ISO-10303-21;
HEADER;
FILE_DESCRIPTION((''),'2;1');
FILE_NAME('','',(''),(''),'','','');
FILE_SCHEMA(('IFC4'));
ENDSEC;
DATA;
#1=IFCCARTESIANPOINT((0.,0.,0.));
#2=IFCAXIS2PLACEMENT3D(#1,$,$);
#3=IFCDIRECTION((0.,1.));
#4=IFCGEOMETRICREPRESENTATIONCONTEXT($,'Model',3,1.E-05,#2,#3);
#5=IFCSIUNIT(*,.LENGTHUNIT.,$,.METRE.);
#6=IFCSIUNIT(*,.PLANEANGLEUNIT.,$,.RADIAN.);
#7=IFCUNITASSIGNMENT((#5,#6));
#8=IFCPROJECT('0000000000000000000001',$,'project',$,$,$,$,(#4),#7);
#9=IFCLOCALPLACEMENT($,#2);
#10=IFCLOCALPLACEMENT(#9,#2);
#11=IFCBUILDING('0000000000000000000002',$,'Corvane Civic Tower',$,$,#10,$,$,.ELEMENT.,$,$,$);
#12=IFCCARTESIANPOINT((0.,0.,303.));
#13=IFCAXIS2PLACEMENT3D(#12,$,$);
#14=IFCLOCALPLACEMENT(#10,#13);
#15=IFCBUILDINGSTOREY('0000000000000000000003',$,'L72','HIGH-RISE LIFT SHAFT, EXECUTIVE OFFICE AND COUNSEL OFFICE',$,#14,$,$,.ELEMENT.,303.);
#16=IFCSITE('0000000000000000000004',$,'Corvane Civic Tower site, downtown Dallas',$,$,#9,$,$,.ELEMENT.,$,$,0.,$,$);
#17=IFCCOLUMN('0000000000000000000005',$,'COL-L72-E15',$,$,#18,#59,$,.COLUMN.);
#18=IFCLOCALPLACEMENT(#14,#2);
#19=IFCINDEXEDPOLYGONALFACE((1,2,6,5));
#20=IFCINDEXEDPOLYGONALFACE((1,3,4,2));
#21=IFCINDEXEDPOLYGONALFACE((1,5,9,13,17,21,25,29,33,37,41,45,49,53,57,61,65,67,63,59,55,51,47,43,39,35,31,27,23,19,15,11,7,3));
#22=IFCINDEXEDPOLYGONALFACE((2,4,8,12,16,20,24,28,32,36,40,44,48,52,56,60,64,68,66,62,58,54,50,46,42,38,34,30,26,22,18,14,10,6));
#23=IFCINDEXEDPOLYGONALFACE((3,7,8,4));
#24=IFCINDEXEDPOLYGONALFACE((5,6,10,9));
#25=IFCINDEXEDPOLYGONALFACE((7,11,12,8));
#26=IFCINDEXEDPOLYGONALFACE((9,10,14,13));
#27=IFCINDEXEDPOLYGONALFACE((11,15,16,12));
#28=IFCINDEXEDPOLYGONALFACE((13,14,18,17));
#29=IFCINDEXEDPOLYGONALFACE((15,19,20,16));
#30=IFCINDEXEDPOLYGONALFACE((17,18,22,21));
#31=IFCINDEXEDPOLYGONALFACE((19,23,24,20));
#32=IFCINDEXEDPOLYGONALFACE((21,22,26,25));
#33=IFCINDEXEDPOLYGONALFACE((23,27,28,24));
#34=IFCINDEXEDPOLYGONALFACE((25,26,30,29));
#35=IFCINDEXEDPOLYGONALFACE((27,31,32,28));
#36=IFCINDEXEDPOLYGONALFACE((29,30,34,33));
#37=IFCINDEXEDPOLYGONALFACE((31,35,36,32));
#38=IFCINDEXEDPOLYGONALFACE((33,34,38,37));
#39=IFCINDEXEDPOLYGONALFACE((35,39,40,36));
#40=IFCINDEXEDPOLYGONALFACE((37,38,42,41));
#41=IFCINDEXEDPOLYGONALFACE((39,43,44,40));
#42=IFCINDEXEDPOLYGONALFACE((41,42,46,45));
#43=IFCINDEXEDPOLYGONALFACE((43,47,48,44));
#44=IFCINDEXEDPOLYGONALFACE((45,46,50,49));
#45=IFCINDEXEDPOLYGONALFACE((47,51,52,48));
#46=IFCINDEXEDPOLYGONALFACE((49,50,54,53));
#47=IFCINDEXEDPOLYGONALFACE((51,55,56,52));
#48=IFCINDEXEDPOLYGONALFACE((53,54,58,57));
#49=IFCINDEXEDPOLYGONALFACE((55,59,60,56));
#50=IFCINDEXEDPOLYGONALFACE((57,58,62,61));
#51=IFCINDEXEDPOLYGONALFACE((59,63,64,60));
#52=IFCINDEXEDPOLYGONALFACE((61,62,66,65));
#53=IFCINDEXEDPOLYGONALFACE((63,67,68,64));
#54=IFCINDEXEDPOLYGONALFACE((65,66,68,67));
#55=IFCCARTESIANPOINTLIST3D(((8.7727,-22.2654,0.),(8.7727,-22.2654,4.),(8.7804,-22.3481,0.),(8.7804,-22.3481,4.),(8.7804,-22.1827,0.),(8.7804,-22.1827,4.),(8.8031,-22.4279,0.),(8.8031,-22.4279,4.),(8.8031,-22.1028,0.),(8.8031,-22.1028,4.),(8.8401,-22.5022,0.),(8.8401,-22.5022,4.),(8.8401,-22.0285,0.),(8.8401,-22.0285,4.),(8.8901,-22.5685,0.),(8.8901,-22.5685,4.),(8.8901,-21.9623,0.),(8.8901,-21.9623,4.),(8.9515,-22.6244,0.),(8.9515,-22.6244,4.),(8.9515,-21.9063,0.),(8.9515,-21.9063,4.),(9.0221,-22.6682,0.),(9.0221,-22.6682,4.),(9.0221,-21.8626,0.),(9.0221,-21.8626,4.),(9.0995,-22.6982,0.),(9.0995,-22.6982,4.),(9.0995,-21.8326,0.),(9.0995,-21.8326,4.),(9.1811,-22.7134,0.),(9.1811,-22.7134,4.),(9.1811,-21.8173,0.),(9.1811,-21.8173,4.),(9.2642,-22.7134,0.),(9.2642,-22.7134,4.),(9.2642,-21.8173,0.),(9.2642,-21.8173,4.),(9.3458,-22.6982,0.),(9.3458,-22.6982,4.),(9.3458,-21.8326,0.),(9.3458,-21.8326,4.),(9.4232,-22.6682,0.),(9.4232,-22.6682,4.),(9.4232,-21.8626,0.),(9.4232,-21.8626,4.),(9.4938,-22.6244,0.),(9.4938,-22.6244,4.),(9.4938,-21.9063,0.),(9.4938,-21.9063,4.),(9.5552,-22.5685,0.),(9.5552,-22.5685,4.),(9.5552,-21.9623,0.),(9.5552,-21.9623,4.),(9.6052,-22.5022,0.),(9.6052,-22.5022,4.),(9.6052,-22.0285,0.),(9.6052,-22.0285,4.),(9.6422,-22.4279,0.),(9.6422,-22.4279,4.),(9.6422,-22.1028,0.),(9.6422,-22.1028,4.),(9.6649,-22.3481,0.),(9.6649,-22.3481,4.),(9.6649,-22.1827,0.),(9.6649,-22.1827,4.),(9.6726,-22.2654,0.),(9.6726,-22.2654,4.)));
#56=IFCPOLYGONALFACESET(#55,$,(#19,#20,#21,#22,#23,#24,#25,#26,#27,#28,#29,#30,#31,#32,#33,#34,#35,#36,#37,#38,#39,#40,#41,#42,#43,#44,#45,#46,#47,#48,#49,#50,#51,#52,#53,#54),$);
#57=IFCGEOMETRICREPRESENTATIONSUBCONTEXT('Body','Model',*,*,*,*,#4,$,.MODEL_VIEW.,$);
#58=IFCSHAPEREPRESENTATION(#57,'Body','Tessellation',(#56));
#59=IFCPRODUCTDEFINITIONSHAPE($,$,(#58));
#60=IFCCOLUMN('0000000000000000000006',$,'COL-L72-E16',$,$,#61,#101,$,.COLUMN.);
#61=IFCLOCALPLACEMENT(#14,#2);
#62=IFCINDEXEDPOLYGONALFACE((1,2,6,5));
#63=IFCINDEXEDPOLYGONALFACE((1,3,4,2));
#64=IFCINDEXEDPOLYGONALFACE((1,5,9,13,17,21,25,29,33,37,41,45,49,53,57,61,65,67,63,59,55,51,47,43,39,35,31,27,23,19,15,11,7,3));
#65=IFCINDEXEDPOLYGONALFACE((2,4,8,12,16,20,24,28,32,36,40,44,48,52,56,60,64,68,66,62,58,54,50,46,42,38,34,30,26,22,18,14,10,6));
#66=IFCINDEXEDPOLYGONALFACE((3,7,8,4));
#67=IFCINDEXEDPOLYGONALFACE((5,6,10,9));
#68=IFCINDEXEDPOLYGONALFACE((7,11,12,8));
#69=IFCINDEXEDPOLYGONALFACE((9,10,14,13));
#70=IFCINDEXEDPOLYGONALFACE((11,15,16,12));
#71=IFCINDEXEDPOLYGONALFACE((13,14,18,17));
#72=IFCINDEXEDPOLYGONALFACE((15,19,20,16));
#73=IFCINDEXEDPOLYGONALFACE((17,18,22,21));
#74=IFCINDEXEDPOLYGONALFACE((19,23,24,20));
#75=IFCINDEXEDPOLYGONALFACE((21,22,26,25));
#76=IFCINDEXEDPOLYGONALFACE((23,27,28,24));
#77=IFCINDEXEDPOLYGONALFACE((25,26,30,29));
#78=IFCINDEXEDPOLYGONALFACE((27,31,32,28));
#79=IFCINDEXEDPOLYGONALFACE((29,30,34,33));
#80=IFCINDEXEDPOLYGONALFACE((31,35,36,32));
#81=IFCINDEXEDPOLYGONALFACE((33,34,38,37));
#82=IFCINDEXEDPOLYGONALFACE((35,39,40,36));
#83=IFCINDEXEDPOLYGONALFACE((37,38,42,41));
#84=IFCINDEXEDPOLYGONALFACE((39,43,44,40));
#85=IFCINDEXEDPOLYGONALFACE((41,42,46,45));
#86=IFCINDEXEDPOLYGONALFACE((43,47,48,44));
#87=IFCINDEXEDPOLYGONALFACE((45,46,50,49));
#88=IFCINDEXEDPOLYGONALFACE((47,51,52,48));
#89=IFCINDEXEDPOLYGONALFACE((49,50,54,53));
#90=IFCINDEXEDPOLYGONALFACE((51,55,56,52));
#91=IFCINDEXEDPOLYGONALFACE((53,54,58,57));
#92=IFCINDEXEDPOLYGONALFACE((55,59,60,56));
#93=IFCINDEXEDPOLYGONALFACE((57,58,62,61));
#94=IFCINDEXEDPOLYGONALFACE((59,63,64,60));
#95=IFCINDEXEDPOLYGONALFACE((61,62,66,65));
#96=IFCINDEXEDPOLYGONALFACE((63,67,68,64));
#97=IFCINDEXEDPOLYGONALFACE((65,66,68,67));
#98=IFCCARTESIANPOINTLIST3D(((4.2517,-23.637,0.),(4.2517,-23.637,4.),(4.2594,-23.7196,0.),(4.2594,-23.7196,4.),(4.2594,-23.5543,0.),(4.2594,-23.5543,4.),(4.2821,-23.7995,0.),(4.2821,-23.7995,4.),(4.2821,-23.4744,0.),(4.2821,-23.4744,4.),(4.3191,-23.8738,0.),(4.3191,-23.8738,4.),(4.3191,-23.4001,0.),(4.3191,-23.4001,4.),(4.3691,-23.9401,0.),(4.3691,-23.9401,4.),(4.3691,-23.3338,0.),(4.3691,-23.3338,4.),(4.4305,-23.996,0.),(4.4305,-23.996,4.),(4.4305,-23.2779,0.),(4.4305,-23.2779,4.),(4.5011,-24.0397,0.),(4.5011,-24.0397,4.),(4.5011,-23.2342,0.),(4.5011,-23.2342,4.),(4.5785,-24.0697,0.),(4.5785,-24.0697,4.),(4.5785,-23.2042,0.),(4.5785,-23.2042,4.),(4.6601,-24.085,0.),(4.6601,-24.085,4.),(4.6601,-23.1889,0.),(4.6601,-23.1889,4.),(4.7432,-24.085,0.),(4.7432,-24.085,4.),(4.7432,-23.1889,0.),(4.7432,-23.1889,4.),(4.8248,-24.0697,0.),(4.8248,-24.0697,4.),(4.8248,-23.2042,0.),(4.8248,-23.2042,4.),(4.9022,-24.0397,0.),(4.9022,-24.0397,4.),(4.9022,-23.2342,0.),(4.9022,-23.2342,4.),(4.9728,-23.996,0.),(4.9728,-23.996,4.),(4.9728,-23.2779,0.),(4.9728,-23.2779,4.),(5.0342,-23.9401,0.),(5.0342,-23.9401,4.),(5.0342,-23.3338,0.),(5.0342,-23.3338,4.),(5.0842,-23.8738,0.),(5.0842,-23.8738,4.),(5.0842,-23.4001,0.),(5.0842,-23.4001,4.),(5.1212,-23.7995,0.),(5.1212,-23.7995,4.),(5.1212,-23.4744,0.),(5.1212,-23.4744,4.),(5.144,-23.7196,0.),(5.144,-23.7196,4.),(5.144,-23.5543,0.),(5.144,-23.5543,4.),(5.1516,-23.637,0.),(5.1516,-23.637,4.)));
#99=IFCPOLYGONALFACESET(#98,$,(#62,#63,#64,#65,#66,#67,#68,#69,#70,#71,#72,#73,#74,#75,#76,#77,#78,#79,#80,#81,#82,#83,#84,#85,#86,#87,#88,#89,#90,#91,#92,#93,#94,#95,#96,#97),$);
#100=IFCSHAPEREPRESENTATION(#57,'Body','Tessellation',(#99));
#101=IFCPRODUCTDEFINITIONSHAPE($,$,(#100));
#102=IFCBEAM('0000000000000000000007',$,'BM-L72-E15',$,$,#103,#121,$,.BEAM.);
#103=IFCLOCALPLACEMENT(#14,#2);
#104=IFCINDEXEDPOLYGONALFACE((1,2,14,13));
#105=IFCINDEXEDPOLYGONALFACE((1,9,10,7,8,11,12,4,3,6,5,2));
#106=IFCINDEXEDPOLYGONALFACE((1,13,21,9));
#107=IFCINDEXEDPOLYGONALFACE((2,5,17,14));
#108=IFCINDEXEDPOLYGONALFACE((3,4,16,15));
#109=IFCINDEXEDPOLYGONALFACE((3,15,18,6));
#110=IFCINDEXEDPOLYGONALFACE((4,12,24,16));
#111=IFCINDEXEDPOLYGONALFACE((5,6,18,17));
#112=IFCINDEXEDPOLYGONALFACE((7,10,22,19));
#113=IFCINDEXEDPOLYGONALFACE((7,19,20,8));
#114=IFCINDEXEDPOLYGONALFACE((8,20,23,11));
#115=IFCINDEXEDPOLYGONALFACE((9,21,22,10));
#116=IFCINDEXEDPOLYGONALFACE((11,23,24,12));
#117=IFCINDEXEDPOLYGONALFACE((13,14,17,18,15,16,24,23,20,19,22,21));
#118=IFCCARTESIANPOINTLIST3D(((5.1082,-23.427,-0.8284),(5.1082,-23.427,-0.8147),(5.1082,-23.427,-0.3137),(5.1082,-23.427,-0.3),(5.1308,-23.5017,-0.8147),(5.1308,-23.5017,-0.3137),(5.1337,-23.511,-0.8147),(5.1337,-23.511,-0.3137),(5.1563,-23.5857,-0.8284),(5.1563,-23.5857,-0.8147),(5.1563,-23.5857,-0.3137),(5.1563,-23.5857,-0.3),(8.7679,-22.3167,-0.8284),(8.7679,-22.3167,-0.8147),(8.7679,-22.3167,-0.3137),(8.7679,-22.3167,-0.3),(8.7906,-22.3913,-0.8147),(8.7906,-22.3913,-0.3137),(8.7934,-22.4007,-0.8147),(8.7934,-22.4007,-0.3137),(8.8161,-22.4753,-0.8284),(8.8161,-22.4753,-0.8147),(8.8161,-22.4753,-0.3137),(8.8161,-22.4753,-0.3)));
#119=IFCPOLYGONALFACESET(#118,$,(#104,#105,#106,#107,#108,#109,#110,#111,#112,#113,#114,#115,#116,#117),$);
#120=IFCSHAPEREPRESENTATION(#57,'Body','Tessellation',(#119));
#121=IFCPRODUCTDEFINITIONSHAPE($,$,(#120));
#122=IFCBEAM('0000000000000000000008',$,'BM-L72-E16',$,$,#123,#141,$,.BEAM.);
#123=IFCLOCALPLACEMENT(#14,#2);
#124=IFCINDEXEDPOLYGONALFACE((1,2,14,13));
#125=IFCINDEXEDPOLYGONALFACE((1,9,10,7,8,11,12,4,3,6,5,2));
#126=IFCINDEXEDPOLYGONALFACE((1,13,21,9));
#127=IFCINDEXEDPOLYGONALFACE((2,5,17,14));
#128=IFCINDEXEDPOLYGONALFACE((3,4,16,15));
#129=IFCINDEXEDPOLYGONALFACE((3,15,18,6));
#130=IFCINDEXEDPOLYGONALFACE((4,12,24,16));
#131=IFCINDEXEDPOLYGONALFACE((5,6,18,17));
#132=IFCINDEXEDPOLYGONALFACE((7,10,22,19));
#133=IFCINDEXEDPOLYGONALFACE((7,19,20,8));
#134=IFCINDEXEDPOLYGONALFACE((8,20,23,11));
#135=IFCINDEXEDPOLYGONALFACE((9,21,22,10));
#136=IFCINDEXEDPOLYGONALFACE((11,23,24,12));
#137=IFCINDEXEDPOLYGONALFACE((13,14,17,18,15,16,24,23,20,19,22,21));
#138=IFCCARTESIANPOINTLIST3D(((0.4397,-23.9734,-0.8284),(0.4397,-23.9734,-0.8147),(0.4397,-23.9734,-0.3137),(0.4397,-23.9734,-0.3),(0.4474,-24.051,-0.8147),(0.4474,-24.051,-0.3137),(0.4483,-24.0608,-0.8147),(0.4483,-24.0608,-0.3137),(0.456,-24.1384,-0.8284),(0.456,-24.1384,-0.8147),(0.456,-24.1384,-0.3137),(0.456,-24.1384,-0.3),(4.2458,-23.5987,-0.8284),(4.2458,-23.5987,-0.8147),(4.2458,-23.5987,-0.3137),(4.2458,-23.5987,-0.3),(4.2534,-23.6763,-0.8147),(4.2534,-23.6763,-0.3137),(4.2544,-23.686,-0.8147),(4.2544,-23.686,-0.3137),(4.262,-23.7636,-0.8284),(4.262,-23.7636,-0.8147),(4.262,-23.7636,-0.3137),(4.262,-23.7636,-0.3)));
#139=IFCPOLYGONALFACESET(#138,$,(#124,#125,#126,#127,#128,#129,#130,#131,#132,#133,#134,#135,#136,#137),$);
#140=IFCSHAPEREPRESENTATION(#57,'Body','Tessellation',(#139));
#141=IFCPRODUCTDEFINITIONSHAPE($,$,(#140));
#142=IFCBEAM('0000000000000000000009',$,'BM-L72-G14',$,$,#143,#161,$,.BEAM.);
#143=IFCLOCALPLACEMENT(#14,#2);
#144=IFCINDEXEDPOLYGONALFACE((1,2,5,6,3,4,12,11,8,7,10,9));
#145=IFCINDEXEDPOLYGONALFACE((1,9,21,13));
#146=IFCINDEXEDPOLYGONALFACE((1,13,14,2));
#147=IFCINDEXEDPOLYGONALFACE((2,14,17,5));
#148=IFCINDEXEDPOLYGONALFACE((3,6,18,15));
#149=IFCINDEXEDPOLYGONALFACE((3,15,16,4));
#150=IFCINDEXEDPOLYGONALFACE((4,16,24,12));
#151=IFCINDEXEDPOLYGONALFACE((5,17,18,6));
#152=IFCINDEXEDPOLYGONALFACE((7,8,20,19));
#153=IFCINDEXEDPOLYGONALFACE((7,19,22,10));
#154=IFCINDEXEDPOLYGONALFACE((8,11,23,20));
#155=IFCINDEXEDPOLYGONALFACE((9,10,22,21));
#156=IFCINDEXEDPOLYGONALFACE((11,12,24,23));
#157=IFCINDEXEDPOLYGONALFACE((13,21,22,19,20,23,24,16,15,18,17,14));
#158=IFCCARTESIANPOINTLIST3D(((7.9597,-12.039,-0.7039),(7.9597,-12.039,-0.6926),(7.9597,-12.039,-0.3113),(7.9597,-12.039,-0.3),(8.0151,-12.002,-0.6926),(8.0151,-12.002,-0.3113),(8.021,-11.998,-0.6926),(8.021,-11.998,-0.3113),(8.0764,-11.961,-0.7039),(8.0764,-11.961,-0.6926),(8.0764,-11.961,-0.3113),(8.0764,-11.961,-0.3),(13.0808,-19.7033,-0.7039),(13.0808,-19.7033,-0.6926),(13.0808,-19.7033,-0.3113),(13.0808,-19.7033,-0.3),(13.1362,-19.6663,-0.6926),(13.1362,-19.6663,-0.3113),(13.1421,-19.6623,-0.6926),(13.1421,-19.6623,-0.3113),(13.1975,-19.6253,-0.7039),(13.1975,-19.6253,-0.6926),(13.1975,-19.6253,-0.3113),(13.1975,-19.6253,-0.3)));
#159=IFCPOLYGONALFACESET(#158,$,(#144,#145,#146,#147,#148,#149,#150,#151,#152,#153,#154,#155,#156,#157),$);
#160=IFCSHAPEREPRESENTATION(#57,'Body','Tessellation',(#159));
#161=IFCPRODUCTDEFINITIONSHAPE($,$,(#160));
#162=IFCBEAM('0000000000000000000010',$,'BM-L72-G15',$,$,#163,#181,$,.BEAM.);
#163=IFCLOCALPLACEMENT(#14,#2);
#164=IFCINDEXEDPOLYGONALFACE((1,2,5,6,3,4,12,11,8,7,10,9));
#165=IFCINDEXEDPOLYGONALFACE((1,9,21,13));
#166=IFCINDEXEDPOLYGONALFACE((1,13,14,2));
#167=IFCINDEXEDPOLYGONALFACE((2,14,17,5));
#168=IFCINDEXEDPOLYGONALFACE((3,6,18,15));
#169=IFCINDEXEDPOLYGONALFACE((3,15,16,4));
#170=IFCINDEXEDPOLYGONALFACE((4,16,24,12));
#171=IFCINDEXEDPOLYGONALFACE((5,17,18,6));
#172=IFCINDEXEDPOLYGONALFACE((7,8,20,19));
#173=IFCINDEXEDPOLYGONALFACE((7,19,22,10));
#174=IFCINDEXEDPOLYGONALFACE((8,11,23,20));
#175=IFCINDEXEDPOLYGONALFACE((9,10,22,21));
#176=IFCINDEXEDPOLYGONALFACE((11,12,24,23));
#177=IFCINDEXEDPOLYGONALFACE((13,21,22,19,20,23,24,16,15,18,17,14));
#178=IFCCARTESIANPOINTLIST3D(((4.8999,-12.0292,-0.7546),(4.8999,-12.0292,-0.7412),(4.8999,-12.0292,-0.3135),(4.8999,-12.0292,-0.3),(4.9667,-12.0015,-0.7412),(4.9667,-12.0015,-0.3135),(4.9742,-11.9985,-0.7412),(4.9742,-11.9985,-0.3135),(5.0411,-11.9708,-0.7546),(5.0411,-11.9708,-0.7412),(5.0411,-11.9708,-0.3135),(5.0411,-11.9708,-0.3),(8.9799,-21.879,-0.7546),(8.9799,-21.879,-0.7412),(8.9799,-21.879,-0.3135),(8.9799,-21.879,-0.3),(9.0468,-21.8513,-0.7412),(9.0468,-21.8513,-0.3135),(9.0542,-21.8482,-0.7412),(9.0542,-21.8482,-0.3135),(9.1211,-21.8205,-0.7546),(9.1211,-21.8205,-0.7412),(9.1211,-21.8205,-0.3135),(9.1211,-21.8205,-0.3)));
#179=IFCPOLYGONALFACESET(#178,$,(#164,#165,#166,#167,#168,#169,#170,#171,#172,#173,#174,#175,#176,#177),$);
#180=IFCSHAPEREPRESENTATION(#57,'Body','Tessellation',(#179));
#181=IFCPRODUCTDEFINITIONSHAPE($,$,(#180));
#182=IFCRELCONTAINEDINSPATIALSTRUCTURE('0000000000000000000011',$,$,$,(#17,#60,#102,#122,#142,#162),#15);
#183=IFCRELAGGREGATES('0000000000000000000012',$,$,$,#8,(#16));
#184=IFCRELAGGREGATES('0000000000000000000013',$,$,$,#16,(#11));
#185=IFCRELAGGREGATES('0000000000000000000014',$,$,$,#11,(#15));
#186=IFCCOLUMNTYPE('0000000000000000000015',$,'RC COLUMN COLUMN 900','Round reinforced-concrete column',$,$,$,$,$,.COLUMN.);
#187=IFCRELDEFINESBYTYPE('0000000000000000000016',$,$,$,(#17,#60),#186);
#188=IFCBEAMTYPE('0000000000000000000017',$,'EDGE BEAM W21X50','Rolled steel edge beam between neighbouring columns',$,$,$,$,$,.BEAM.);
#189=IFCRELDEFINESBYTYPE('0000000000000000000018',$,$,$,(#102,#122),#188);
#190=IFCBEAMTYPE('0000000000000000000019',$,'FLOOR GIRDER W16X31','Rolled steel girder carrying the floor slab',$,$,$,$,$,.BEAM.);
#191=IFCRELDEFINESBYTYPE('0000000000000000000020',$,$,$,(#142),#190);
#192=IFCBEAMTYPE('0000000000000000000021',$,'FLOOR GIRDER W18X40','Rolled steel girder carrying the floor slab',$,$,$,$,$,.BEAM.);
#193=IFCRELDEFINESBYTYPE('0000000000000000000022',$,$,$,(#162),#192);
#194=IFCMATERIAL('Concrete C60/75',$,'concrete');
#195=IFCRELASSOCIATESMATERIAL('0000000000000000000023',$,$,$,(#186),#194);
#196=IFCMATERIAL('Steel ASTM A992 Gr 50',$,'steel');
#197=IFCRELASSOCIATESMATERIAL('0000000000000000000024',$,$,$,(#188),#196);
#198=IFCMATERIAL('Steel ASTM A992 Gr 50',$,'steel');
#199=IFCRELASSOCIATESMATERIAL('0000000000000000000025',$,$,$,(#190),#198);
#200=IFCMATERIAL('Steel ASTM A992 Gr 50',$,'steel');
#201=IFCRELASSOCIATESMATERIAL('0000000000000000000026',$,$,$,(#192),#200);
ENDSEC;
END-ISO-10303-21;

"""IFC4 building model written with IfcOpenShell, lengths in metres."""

from ifc_helpers import new_model, si_unit, direction, frame, origin, origin_2d, place, context, subcontext, project, spatial, circle, i_section, extrude, material, material_profile, profile_set, type_object, element, save


model = new_model("IFC4")

# Units and contexts
model_context = context("Model", 3, precision=1e-05, world=origin(), true_north=direction((0.0, 1.0)))
body_context = subcontext(model_context, "Body", "Model", "MODEL_VIEW")
ifc_project = project(units=[si_unit("LENGTHUNIT", "METRE"), si_unit("PLANEANGLEUNIT", "RADIAN")], contexts=[model_context])

# Site, building, storey
site_placement = place(None, origin())
site = spatial("IfcSite", under=ifc_project, at=site_placement, Name="Corvane Civic Tower site, downtown Dallas", CompositionType="ELEMENT", RefElevation=0.0)
building_placement = place(site_placement, origin())
building = spatial("IfcBuilding", under=site, at=building_placement, Name="Corvane Civic Tower", CompositionType="ELEMENT")
storey_placement = place(building_placement, frame((0.0, 0.0, 303.0)))
storey = spatial("IfcBuildingStorey", under=building, at=storey_placement, Name="L72", Description="HIGH-RISE LIFT SHAFT, EXECUTIVE OFFICE AND COUNSEL OFFICE", CompositionType="ELEMENT", Elevation=303.0)

# Columns
ifc_material_1 = material(Name="Concrete C60/75", Category="concrete")
ifc_material_profile_1 = material_profile(ifc_material_1, circle(Radius=0.45, at=origin_2d()), Name="COLUMN 900")
ifc_profile_set_1 = profile_set([ifc_material_profile_1], Name="Concrete C60/75")
column_type = type_object("IfcColumnType", Name="RC COLUMN COLUMN 900", Description="Round reinforced-concrete column", PredefinedType="COLUMN", material=ifc_profile_set_1)
for number, where, z_axis, x_axis, name in (
    (1, (9.2227, -22.2654, 0.0), (0.0, 0.0, 1.0), (1.0, 0.0, 0.0), "COL-L72-E15"),
    (2, (4.7017, -23.637, 0.0), (0.0, 0.0, 1.0), (1.0, 0.0, 0.0), "COL-L72-E16"),
):
    element("IfcColumn", number, at=place(storey_placement, frame(where, z_axis=z_axis, x_axis=x_axis)), inside=storey, type_object=column_type, Name=name, PredefinedType="COLUMN", context=body_context, shape_type="SweptSolid", body=[
        extrude(circle(Radius=0.45, at=origin_2d()), origin(), (0.0, 0.0, 1.0), 4.0),
    ])

# Beams
ifc_material_2 = material(Name="Steel ASTM A992 Gr 50", Category="steel")
ifc_material_profile_2 = material_profile(ifc_material_2, i_section(OverallWidth=0.1658, OverallDepth=0.5283, WebThickness=0.0098, FlangeThickness=0.0137, at=origin_2d()), Name="W21X50")
ifc_profile_set_2 = profile_set([ifc_material_profile_2], Name="Steel ASTM A992 Gr 50")
beam_type_1 = type_object("IfcBeamType", Name="EDGE BEAM W21X50", Description="Rolled steel edge beam between neighbouring columns", PredefinedType="BEAM", material=ifc_profile_set_2)
for number, where, z_axis, x_axis, name in (
    (3, (8.792, -22.396, -0.5642), (-0.956926, -0.290333, 0.0), (0.290333, -0.956926, 0.0), "BM-L72-E15"),
    (4, (4.2539, -23.6812, -0.5642), (-0.995188, -0.097987, 0.0), (0.097987, -0.995188, 0.0), "BM-L72-E16"),
):
    element("IfcBeam", number, at=place(storey_placement, frame(where, z_axis=z_axis, x_axis=x_axis)), inside=storey, type_object=beam_type_1, Name=name, PredefinedType="BEAM", context=body_context, shape_type="SweptSolid", body=[
        extrude(i_section(OverallWidth=0.1658, OverallDepth=0.5283, WebThickness=0.0098, FlangeThickness=0.0137, at=origin_2d()), origin(), (0.0, 0.0, 1.0), 3.8245),
    ])
ifc_material_3 = material(Name="Steel ASTM A992 Gr 50", Category="steel")
ifc_material_profile_3 = material_profile(ifc_material_3, i_section(OverallWidth=0.1404, OverallDepth=0.4038, WebThickness=0.0071, FlangeThickness=0.0112, at=origin_2d()), Name="W16X31")
ifc_profile_set_3 = profile_set([ifc_material_profile_3], Name="Steel ASTM A992 Gr 50")
beam_type_2 = type_object("IfcBeamType", Name="FLOOR GIRDER W16X31", Description="Rolled steel girder carrying the floor slab", PredefinedType="BEAM", material=ifc_profile_set_3)
beam_1_placement = place(storey_placement, frame((8.0181, -12.0, -0.502), z_axis=(0.555568, -0.831471, 0.0), x_axis=(0.831471, 0.555568, 0.0)))
element("IfcBeam", 5, at=beam_1_placement, inside=storey, type_object=beam_type_2, Name="BM-L72-G14", PredefinedType="BEAM", context=body_context, shape_type="SweptSolid", body=[
    extrude(i_section(OverallWidth=0.1404, OverallDepth=0.4038, WebThickness=0.0071, FlangeThickness=0.0112, at=origin_2d()), origin(), (0.0, 0.0, 1.0), 9.2178),
])
ifc_material_4 = material(Name="Steel ASTM A992 Gr 50", Category="steel")
ifc_material_profile_4 = material_profile(ifc_material_4, i_section(OverallWidth=0.1528, OverallDepth=0.4546, WebThickness=0.0081, FlangeThickness=0.0134, at=origin_2d()), Name="W18X40")
ifc_profile_set_4 = profile_set([ifc_material_profile_4], Name="Steel ASTM A992 Gr 50")
beam_type_3 = type_object("IfcBeamType", Name="FLOOR GIRDER W18X40", Description="Rolled steel girder carrying the floor slab", PredefinedType="BEAM", material=ifc_profile_set_4)
beam_2_placement = place(storey_placement, frame((4.9705, -12.0, -0.5273), z_axis=(0.382694, -0.923875, 0.0), x_axis=(0.923875, 0.382694, 0.0)))
element("IfcBeam", 6, at=beam_2_placement, inside=storey, type_object=beam_type_3, Name="BM-L72-G15", PredefinedType="BEAM", context=body_context, shape_type="SweptSolid", body=[
    extrude(i_section(OverallWidth=0.1528, OverallDepth=0.4546, WebThickness=0.0081, FlangeThickness=0.0134, at=origin_2d()), origin(), (0.0, 0.0, 1.0), 10.6614),
])

save(model, "model.ifc")
